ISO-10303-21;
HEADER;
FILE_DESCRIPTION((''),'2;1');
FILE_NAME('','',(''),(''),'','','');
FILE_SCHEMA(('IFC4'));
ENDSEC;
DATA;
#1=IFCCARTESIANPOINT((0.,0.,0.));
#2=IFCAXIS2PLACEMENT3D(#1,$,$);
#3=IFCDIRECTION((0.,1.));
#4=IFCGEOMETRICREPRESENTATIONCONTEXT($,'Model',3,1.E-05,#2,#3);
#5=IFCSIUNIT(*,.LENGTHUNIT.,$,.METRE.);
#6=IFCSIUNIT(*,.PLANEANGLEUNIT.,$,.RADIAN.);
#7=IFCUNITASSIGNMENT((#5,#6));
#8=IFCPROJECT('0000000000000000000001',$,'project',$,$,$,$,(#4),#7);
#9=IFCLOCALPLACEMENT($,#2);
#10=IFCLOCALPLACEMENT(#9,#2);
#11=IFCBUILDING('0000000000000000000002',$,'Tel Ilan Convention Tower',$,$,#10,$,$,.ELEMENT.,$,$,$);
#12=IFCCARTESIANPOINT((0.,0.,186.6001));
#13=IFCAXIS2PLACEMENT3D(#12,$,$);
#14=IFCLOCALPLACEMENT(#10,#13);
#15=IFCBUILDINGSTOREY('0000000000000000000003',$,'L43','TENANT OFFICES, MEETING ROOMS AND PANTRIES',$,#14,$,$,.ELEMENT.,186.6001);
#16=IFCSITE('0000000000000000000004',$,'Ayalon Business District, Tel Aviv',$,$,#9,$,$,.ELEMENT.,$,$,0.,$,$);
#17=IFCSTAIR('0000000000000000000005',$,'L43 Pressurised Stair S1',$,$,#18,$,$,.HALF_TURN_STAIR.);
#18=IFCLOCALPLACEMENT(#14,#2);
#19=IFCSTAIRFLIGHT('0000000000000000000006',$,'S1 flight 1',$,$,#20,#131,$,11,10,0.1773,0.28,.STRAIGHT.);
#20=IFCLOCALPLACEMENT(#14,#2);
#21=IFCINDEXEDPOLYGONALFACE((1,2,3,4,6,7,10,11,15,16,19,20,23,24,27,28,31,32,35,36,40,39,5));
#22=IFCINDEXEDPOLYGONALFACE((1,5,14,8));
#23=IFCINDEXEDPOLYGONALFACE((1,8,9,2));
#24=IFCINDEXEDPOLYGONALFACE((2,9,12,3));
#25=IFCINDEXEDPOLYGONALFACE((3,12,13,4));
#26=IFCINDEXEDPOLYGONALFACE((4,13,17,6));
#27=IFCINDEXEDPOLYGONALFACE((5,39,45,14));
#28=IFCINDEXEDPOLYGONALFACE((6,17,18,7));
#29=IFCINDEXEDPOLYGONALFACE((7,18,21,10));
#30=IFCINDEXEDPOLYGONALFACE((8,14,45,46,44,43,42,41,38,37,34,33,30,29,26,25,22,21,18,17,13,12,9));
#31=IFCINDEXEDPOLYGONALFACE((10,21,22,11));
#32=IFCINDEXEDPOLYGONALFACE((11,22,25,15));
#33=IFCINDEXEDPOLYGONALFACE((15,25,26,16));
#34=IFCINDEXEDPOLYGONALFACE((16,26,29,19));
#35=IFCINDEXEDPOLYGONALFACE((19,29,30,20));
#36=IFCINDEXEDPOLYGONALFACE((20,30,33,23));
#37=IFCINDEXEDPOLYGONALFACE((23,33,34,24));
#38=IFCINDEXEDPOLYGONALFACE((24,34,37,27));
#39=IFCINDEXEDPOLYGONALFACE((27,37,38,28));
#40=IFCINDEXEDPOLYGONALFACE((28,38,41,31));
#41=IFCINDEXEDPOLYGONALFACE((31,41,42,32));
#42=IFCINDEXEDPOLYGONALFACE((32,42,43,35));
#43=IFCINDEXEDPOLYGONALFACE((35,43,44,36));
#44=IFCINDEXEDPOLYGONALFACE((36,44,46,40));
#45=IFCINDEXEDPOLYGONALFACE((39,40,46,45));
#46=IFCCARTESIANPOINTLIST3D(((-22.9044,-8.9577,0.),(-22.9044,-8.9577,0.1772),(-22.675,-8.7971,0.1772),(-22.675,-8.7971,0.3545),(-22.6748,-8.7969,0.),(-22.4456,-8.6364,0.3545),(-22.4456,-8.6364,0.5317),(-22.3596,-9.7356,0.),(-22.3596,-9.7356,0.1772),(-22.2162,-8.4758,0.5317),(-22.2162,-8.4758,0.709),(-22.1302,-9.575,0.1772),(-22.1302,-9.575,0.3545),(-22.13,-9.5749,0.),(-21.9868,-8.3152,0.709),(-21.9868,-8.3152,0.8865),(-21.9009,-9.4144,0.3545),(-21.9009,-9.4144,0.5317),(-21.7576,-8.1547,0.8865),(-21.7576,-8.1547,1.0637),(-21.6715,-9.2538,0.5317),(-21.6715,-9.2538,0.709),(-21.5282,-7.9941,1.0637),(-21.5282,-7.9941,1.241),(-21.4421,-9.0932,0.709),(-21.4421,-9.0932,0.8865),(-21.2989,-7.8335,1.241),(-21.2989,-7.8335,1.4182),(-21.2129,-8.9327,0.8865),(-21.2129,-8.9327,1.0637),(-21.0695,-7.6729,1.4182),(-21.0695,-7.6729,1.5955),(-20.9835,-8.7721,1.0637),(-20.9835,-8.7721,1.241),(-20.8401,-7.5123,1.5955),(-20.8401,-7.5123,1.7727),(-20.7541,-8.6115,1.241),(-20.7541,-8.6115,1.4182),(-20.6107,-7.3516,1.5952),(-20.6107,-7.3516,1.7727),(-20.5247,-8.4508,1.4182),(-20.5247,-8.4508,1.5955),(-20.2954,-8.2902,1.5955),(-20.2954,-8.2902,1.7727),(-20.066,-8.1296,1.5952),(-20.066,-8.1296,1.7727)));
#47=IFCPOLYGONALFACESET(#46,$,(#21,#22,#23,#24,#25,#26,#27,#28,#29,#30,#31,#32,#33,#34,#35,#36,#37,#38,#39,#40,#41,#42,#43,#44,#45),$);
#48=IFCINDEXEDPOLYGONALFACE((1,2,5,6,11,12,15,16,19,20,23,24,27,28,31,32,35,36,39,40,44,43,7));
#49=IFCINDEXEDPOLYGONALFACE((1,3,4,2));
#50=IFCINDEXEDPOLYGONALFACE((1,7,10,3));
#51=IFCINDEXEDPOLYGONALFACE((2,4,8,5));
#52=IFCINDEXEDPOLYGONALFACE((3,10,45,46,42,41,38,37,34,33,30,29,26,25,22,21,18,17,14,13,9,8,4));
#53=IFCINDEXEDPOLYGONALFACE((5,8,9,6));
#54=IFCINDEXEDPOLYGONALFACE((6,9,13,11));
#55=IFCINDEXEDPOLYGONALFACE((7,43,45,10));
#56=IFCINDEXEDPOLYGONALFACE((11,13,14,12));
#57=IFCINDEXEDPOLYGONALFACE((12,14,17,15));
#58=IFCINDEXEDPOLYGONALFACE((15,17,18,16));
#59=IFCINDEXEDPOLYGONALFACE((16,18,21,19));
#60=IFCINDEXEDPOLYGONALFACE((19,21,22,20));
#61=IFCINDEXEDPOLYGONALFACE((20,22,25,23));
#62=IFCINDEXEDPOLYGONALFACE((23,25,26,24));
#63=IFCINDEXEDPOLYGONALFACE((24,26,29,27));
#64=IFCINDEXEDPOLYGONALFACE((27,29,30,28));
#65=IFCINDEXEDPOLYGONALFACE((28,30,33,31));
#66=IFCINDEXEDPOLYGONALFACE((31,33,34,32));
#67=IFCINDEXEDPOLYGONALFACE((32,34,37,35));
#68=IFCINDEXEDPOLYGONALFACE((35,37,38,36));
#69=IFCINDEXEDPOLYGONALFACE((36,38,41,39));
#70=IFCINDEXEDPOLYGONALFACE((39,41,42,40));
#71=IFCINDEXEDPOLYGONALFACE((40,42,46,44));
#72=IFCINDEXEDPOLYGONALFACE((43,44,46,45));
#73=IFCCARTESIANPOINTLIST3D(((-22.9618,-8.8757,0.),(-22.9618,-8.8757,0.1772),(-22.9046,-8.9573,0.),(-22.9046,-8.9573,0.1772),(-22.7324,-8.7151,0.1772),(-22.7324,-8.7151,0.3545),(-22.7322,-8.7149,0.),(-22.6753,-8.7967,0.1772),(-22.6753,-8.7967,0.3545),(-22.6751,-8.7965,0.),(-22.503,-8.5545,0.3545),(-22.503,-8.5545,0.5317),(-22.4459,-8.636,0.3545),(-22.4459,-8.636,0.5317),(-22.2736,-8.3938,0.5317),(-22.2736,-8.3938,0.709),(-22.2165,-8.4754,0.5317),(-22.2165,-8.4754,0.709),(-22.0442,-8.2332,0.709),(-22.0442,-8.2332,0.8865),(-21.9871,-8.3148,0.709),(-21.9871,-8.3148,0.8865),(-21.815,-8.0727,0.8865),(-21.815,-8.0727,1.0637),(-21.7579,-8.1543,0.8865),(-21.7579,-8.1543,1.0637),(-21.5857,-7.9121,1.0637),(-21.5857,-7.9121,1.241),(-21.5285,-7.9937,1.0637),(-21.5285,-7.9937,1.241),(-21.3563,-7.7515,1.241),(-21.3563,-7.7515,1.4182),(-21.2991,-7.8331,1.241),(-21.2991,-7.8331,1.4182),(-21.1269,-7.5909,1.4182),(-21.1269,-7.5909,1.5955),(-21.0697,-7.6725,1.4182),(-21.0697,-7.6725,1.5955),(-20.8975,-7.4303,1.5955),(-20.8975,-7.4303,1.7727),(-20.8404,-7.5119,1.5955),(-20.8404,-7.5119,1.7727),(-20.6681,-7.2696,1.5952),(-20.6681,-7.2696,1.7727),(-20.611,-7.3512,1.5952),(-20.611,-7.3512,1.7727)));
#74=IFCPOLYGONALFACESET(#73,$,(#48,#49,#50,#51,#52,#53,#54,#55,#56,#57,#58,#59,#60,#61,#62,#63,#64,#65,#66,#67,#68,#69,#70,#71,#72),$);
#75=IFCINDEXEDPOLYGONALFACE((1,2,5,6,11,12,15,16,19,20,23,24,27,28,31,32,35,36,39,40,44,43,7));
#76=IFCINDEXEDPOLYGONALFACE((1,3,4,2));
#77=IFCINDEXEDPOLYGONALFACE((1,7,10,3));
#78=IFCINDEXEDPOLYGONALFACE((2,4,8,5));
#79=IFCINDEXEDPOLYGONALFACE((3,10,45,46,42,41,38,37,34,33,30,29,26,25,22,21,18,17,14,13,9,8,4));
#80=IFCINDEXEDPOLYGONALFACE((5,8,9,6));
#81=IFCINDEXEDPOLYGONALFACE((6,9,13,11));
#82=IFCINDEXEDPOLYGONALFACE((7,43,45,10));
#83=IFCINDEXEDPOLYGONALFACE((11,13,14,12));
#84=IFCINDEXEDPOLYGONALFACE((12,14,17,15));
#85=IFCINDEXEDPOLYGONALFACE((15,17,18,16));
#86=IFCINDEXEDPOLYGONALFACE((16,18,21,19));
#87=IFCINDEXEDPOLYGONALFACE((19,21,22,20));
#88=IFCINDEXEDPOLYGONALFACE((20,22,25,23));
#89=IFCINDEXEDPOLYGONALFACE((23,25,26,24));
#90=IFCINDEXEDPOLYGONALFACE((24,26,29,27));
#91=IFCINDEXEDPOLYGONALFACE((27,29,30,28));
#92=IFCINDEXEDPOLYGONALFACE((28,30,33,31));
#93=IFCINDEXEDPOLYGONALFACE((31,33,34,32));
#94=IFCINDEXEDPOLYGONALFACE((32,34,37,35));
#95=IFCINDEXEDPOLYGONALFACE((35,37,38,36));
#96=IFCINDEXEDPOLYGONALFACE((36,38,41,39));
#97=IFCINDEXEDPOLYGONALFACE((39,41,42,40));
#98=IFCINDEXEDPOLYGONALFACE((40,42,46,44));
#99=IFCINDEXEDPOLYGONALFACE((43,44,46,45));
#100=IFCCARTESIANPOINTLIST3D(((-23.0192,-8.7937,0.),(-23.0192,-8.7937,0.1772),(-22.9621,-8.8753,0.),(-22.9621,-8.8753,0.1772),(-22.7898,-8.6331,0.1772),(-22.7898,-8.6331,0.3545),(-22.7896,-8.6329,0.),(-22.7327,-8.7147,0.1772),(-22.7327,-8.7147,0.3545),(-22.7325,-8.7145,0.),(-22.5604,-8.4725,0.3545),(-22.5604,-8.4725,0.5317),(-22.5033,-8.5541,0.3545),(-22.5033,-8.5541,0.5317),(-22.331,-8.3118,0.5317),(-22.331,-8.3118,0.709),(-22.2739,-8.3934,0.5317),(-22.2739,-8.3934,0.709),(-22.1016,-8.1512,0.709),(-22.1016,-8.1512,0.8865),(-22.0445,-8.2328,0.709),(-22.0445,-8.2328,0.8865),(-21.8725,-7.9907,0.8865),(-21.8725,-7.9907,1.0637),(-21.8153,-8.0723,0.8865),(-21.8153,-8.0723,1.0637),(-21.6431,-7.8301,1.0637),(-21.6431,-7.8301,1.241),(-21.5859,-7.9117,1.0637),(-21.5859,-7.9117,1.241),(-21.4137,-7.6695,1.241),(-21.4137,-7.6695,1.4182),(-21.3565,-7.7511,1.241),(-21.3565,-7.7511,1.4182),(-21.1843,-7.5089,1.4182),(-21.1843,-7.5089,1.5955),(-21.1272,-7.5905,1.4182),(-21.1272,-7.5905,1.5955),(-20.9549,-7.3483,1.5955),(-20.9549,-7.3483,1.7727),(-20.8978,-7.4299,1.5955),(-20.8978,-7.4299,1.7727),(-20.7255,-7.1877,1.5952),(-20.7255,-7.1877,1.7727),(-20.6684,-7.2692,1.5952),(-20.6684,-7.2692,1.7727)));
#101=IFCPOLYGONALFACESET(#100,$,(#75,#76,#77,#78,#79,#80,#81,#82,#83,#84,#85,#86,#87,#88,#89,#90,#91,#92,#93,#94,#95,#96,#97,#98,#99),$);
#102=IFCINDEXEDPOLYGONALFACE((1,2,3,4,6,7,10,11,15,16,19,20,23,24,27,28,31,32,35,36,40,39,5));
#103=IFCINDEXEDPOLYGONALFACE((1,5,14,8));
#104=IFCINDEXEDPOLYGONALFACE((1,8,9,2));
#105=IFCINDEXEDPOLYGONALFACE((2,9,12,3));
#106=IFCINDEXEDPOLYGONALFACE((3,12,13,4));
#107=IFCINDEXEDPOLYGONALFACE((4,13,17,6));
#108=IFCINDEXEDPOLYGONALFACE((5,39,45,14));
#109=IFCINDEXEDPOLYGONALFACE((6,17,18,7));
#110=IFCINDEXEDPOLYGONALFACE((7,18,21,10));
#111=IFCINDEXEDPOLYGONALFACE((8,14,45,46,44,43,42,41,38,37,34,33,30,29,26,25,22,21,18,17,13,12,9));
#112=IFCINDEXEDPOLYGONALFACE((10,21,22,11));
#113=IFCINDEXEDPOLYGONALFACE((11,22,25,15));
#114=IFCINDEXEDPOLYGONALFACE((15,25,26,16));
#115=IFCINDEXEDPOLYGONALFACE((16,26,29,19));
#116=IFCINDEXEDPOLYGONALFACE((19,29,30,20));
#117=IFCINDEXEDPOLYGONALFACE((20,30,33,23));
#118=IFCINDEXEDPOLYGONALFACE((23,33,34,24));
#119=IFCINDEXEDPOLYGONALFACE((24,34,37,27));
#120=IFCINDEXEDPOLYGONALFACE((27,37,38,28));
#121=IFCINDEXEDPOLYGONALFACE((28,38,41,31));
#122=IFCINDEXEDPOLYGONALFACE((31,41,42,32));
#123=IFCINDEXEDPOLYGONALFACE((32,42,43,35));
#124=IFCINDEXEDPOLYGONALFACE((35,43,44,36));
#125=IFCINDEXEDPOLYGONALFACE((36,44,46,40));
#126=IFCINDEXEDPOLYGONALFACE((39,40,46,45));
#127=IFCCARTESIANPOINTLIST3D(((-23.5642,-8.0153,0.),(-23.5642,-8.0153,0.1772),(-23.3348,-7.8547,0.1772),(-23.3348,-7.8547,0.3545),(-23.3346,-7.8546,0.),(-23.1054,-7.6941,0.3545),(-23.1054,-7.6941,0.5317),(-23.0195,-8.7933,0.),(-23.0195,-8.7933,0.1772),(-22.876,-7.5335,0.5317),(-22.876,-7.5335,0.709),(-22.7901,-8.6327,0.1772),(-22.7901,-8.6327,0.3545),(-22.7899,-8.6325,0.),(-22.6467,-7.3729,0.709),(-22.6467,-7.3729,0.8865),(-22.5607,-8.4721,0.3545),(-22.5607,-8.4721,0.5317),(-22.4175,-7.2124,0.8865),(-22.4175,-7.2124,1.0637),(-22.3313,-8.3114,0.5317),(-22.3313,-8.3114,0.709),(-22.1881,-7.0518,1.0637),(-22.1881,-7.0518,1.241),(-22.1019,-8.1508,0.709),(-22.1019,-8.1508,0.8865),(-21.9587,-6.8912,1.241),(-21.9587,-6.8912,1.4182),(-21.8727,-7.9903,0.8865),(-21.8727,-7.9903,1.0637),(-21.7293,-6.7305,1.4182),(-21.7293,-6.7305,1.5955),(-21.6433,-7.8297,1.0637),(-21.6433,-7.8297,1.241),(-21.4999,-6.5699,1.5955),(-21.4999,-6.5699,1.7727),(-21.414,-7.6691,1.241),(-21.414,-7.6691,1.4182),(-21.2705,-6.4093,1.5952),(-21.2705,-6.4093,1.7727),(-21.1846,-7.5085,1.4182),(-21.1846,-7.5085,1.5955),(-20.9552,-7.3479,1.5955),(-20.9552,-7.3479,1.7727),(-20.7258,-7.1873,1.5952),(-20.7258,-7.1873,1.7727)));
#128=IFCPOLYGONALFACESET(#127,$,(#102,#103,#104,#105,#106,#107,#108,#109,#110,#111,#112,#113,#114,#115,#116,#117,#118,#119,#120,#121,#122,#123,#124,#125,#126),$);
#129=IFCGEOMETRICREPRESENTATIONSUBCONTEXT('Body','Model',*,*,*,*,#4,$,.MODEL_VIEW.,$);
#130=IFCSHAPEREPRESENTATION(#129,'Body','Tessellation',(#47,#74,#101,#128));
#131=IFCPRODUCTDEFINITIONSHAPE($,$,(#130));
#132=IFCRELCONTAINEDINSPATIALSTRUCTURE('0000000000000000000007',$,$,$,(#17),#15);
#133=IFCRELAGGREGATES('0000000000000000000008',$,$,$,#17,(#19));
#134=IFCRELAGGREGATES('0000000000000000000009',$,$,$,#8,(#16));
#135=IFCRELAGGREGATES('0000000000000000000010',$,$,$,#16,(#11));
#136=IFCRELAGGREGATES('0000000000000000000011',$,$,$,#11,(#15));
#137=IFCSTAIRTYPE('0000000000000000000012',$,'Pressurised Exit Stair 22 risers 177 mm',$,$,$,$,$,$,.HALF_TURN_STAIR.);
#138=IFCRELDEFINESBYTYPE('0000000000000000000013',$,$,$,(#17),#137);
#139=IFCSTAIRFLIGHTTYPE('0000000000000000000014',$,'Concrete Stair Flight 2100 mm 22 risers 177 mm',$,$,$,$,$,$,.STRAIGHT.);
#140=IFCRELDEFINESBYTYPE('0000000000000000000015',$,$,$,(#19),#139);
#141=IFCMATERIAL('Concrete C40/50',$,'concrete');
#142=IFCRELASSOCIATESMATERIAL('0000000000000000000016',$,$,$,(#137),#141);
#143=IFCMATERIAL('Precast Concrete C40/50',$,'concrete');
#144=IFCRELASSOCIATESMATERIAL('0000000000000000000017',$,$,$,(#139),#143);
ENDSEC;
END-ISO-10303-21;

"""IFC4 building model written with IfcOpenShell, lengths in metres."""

from ifc_helpers import new_model, si_unit, direction, frame, origin, place, context, subcontext, project, spatial, polyline, outline, extrude, material, type_object, element, aggregate, save


model = new_model("IFC4")

# Units and contexts
model_context = context("Model", 3, precision=1e-05, world=origin(), true_north=direction((0.0, 1.0)))
body_context = subcontext(model_context, "Body", "Model", "MODEL_VIEW")
ifc_project = project(units=[si_unit("LENGTHUNIT", "METRE"), si_unit("PLANEANGLEUNIT", "RADIAN")], contexts=[model_context])

# Site, building, storey
site_placement = place(None, origin())
site = spatial("IfcSite", under=ifc_project, at=site_placement, Name="Ayalon Business District, Tel Aviv", CompositionType="ELEMENT", RefElevation=0.0)
building_placement = place(site_placement, origin())
building = spatial("IfcBuilding", under=site, at=building_placement, Name="Tel Ilan Convention Tower", CompositionType="ELEMENT")
storey_placement = place(building_placement, frame((0.0, 0.0, 186.6001)))
storey = spatial("IfcBuildingStorey", under=building, at=storey_placement, Name="L43", Description="TENANT OFFICES, MEETING ROOMS AND PANTRIES", CompositionType="ELEMENT", Elevation=186.6001)

# Stair, stair flight
ifc_material_1 = material(Name="Concrete C40/50", Category="concrete")
stair_type = type_object("IfcStairType", Name="Pressurised Exit Stair 22 risers 177 mm", PredefinedType="HALF_TURN_STAIR", material=ifc_material_1)
stair_1_placement = place(storey_placement, origin())
stair_1 = element("IfcStair", 1, at=stair_1_placement, inside=storey, type_object=stair_type, Name="L43 Pressurised Stair S1", PredefinedType="HALF_TURN_STAIR")
ifc_material_2 = material(Name="Precast Concrete C40/50", Category="concrete")
stair_flight_type = type_object("IfcStairFlightType", Name="Concrete Stair Flight 2100 mm 22 risers 177 mm", PredefinedType="STRAIGHT", material=ifc_material_2)
stair_flight_1_placement = place(storey_placement, frame((-22.9619, -8.8755, 0.0), z_axis=(0.0, 0.0, 1.0), x_axis=(0.819152, 0.573576, 0.0)))
stair_flight_1 = element("IfcStairFlight", 2, at=stair_flight_1_placement, type_object=stair_flight_type, Name="S1 flight 1", NumberOfRisers=11, NumberOfTreads=10, PredefinedType="STRAIGHT", RiserHeight=0.1773, TreadLength=0.28, context=body_context, shape_type="SweptSolid", body=[
    extrude(outline(polyline([(0.0, 0.0), (0.0, 0.1772), (0.28, 0.1772), (0.28, 0.3545), (0.5601, 0.3545), (0.5601, 0.5317), (0.8401, 0.5317), (0.8401, 0.709), (1.1201, 0.709), (1.1201, 0.8865), (1.3999, 0.8865), (1.3999, 1.0637), (1.6799, 1.0637), (1.6799, 1.241), (1.96, 1.241), (1.96, 1.4182), (2.24, 1.4182), (2.24, 1.5955), (2.52, 1.5955), (2.52, 1.7727), (2.8, 1.7727), (2.8, 1.95), (2.8, 1.5952), (0.2803, 0.0), (0.0, 0.0)])), frame((0.0, -0.1003, 0.0), z_axis=(0.0, -1.0, 0.0), x_axis=(1.0, 0.0, 0.0)), (0.0, 0.0, 1.0), 0.9497),
    extrude(outline(polyline([(0.0, 0.0), (0.0, 0.1772), (0.28, 0.1772), (0.28, 0.3545), (0.5601, 0.3545), (0.5601, 0.5317), (0.8401, 0.5317), (0.8401, 0.709), (1.1201, 0.709), (1.1201, 0.8865), (1.3999, 0.8865), (1.3999, 1.0637), (1.6799, 1.0637), (1.6799, 1.241), (1.96, 1.241), (1.96, 1.4182), (2.24, 1.4182), (2.24, 1.5955), (2.52, 1.5955), (2.52, 1.7727), (2.8, 1.7727), (2.8, 1.95), (2.8, 1.5952), (0.2803, 0.0), (0.0, 0.0)])), frame((0.0, -0.0002, 0.0), z_axis=(0.0, -1.0, 0.0), x_axis=(1.0, 0.0, 0.0)), (0.0, 0.0, 1.0), 0.0996),
    extrude(outline(polyline([(0.0, 0.0), (0.0, 0.1772), (0.28, 0.1772), (0.28, 0.3545), (0.5601, 0.3545), (0.5601, 0.5317), (0.8401, 0.5317), (0.8401, 0.709), (1.1201, 0.709), (1.1201, 0.8865), (1.3999, 0.8865), (1.3999, 1.0637), (1.6799, 1.0637), (1.6799, 1.241), (1.96, 1.241), (1.96, 1.4182), (2.24, 1.4182), (2.24, 1.5955), (2.52, 1.5955), (2.52, 1.7727), (2.8, 1.7727), (2.8, 1.95), (2.8, 1.5952), (0.2803, 0.0), (0.0, 0.0)])), frame((0.0, 0.0999, 0.0), z_axis=(0.0, -1.0, 0.0), x_axis=(1.0, 0.0, 0.0)), (0.0, 0.0, 1.0), 0.0996),
    extrude(outline(polyline([(0.0, 0.0), (0.0, 0.1772), (0.28, 0.1772), (0.28, 0.3545), (0.5601, 0.3545), (0.5601, 0.5317), (0.8401, 0.5317), (0.8401, 0.709), (1.1201, 0.709), (1.1201, 0.8865), (1.3999, 0.8865), (1.3999, 1.0637), (1.6799, 1.0637), (1.6799, 1.241), (1.96, 1.241), (1.96, 1.4182), (2.24, 1.4182), (2.24, 1.5955), (2.52, 1.5955), (2.52, 1.7727), (2.8, 1.7727), (2.8, 1.95), (2.8, 1.5952), (0.2803, 0.0), (0.0, 0.0)])), frame((0.0, 1.05, 0.0), z_axis=(0.0, -1.0, 0.0), x_axis=(1.0, 0.0, 0.0)), (0.0, 0.0, 1.0), 0.9497),
])
aggregate(stair_1, [stair_flight_1])

save(model, "model.ifc")
